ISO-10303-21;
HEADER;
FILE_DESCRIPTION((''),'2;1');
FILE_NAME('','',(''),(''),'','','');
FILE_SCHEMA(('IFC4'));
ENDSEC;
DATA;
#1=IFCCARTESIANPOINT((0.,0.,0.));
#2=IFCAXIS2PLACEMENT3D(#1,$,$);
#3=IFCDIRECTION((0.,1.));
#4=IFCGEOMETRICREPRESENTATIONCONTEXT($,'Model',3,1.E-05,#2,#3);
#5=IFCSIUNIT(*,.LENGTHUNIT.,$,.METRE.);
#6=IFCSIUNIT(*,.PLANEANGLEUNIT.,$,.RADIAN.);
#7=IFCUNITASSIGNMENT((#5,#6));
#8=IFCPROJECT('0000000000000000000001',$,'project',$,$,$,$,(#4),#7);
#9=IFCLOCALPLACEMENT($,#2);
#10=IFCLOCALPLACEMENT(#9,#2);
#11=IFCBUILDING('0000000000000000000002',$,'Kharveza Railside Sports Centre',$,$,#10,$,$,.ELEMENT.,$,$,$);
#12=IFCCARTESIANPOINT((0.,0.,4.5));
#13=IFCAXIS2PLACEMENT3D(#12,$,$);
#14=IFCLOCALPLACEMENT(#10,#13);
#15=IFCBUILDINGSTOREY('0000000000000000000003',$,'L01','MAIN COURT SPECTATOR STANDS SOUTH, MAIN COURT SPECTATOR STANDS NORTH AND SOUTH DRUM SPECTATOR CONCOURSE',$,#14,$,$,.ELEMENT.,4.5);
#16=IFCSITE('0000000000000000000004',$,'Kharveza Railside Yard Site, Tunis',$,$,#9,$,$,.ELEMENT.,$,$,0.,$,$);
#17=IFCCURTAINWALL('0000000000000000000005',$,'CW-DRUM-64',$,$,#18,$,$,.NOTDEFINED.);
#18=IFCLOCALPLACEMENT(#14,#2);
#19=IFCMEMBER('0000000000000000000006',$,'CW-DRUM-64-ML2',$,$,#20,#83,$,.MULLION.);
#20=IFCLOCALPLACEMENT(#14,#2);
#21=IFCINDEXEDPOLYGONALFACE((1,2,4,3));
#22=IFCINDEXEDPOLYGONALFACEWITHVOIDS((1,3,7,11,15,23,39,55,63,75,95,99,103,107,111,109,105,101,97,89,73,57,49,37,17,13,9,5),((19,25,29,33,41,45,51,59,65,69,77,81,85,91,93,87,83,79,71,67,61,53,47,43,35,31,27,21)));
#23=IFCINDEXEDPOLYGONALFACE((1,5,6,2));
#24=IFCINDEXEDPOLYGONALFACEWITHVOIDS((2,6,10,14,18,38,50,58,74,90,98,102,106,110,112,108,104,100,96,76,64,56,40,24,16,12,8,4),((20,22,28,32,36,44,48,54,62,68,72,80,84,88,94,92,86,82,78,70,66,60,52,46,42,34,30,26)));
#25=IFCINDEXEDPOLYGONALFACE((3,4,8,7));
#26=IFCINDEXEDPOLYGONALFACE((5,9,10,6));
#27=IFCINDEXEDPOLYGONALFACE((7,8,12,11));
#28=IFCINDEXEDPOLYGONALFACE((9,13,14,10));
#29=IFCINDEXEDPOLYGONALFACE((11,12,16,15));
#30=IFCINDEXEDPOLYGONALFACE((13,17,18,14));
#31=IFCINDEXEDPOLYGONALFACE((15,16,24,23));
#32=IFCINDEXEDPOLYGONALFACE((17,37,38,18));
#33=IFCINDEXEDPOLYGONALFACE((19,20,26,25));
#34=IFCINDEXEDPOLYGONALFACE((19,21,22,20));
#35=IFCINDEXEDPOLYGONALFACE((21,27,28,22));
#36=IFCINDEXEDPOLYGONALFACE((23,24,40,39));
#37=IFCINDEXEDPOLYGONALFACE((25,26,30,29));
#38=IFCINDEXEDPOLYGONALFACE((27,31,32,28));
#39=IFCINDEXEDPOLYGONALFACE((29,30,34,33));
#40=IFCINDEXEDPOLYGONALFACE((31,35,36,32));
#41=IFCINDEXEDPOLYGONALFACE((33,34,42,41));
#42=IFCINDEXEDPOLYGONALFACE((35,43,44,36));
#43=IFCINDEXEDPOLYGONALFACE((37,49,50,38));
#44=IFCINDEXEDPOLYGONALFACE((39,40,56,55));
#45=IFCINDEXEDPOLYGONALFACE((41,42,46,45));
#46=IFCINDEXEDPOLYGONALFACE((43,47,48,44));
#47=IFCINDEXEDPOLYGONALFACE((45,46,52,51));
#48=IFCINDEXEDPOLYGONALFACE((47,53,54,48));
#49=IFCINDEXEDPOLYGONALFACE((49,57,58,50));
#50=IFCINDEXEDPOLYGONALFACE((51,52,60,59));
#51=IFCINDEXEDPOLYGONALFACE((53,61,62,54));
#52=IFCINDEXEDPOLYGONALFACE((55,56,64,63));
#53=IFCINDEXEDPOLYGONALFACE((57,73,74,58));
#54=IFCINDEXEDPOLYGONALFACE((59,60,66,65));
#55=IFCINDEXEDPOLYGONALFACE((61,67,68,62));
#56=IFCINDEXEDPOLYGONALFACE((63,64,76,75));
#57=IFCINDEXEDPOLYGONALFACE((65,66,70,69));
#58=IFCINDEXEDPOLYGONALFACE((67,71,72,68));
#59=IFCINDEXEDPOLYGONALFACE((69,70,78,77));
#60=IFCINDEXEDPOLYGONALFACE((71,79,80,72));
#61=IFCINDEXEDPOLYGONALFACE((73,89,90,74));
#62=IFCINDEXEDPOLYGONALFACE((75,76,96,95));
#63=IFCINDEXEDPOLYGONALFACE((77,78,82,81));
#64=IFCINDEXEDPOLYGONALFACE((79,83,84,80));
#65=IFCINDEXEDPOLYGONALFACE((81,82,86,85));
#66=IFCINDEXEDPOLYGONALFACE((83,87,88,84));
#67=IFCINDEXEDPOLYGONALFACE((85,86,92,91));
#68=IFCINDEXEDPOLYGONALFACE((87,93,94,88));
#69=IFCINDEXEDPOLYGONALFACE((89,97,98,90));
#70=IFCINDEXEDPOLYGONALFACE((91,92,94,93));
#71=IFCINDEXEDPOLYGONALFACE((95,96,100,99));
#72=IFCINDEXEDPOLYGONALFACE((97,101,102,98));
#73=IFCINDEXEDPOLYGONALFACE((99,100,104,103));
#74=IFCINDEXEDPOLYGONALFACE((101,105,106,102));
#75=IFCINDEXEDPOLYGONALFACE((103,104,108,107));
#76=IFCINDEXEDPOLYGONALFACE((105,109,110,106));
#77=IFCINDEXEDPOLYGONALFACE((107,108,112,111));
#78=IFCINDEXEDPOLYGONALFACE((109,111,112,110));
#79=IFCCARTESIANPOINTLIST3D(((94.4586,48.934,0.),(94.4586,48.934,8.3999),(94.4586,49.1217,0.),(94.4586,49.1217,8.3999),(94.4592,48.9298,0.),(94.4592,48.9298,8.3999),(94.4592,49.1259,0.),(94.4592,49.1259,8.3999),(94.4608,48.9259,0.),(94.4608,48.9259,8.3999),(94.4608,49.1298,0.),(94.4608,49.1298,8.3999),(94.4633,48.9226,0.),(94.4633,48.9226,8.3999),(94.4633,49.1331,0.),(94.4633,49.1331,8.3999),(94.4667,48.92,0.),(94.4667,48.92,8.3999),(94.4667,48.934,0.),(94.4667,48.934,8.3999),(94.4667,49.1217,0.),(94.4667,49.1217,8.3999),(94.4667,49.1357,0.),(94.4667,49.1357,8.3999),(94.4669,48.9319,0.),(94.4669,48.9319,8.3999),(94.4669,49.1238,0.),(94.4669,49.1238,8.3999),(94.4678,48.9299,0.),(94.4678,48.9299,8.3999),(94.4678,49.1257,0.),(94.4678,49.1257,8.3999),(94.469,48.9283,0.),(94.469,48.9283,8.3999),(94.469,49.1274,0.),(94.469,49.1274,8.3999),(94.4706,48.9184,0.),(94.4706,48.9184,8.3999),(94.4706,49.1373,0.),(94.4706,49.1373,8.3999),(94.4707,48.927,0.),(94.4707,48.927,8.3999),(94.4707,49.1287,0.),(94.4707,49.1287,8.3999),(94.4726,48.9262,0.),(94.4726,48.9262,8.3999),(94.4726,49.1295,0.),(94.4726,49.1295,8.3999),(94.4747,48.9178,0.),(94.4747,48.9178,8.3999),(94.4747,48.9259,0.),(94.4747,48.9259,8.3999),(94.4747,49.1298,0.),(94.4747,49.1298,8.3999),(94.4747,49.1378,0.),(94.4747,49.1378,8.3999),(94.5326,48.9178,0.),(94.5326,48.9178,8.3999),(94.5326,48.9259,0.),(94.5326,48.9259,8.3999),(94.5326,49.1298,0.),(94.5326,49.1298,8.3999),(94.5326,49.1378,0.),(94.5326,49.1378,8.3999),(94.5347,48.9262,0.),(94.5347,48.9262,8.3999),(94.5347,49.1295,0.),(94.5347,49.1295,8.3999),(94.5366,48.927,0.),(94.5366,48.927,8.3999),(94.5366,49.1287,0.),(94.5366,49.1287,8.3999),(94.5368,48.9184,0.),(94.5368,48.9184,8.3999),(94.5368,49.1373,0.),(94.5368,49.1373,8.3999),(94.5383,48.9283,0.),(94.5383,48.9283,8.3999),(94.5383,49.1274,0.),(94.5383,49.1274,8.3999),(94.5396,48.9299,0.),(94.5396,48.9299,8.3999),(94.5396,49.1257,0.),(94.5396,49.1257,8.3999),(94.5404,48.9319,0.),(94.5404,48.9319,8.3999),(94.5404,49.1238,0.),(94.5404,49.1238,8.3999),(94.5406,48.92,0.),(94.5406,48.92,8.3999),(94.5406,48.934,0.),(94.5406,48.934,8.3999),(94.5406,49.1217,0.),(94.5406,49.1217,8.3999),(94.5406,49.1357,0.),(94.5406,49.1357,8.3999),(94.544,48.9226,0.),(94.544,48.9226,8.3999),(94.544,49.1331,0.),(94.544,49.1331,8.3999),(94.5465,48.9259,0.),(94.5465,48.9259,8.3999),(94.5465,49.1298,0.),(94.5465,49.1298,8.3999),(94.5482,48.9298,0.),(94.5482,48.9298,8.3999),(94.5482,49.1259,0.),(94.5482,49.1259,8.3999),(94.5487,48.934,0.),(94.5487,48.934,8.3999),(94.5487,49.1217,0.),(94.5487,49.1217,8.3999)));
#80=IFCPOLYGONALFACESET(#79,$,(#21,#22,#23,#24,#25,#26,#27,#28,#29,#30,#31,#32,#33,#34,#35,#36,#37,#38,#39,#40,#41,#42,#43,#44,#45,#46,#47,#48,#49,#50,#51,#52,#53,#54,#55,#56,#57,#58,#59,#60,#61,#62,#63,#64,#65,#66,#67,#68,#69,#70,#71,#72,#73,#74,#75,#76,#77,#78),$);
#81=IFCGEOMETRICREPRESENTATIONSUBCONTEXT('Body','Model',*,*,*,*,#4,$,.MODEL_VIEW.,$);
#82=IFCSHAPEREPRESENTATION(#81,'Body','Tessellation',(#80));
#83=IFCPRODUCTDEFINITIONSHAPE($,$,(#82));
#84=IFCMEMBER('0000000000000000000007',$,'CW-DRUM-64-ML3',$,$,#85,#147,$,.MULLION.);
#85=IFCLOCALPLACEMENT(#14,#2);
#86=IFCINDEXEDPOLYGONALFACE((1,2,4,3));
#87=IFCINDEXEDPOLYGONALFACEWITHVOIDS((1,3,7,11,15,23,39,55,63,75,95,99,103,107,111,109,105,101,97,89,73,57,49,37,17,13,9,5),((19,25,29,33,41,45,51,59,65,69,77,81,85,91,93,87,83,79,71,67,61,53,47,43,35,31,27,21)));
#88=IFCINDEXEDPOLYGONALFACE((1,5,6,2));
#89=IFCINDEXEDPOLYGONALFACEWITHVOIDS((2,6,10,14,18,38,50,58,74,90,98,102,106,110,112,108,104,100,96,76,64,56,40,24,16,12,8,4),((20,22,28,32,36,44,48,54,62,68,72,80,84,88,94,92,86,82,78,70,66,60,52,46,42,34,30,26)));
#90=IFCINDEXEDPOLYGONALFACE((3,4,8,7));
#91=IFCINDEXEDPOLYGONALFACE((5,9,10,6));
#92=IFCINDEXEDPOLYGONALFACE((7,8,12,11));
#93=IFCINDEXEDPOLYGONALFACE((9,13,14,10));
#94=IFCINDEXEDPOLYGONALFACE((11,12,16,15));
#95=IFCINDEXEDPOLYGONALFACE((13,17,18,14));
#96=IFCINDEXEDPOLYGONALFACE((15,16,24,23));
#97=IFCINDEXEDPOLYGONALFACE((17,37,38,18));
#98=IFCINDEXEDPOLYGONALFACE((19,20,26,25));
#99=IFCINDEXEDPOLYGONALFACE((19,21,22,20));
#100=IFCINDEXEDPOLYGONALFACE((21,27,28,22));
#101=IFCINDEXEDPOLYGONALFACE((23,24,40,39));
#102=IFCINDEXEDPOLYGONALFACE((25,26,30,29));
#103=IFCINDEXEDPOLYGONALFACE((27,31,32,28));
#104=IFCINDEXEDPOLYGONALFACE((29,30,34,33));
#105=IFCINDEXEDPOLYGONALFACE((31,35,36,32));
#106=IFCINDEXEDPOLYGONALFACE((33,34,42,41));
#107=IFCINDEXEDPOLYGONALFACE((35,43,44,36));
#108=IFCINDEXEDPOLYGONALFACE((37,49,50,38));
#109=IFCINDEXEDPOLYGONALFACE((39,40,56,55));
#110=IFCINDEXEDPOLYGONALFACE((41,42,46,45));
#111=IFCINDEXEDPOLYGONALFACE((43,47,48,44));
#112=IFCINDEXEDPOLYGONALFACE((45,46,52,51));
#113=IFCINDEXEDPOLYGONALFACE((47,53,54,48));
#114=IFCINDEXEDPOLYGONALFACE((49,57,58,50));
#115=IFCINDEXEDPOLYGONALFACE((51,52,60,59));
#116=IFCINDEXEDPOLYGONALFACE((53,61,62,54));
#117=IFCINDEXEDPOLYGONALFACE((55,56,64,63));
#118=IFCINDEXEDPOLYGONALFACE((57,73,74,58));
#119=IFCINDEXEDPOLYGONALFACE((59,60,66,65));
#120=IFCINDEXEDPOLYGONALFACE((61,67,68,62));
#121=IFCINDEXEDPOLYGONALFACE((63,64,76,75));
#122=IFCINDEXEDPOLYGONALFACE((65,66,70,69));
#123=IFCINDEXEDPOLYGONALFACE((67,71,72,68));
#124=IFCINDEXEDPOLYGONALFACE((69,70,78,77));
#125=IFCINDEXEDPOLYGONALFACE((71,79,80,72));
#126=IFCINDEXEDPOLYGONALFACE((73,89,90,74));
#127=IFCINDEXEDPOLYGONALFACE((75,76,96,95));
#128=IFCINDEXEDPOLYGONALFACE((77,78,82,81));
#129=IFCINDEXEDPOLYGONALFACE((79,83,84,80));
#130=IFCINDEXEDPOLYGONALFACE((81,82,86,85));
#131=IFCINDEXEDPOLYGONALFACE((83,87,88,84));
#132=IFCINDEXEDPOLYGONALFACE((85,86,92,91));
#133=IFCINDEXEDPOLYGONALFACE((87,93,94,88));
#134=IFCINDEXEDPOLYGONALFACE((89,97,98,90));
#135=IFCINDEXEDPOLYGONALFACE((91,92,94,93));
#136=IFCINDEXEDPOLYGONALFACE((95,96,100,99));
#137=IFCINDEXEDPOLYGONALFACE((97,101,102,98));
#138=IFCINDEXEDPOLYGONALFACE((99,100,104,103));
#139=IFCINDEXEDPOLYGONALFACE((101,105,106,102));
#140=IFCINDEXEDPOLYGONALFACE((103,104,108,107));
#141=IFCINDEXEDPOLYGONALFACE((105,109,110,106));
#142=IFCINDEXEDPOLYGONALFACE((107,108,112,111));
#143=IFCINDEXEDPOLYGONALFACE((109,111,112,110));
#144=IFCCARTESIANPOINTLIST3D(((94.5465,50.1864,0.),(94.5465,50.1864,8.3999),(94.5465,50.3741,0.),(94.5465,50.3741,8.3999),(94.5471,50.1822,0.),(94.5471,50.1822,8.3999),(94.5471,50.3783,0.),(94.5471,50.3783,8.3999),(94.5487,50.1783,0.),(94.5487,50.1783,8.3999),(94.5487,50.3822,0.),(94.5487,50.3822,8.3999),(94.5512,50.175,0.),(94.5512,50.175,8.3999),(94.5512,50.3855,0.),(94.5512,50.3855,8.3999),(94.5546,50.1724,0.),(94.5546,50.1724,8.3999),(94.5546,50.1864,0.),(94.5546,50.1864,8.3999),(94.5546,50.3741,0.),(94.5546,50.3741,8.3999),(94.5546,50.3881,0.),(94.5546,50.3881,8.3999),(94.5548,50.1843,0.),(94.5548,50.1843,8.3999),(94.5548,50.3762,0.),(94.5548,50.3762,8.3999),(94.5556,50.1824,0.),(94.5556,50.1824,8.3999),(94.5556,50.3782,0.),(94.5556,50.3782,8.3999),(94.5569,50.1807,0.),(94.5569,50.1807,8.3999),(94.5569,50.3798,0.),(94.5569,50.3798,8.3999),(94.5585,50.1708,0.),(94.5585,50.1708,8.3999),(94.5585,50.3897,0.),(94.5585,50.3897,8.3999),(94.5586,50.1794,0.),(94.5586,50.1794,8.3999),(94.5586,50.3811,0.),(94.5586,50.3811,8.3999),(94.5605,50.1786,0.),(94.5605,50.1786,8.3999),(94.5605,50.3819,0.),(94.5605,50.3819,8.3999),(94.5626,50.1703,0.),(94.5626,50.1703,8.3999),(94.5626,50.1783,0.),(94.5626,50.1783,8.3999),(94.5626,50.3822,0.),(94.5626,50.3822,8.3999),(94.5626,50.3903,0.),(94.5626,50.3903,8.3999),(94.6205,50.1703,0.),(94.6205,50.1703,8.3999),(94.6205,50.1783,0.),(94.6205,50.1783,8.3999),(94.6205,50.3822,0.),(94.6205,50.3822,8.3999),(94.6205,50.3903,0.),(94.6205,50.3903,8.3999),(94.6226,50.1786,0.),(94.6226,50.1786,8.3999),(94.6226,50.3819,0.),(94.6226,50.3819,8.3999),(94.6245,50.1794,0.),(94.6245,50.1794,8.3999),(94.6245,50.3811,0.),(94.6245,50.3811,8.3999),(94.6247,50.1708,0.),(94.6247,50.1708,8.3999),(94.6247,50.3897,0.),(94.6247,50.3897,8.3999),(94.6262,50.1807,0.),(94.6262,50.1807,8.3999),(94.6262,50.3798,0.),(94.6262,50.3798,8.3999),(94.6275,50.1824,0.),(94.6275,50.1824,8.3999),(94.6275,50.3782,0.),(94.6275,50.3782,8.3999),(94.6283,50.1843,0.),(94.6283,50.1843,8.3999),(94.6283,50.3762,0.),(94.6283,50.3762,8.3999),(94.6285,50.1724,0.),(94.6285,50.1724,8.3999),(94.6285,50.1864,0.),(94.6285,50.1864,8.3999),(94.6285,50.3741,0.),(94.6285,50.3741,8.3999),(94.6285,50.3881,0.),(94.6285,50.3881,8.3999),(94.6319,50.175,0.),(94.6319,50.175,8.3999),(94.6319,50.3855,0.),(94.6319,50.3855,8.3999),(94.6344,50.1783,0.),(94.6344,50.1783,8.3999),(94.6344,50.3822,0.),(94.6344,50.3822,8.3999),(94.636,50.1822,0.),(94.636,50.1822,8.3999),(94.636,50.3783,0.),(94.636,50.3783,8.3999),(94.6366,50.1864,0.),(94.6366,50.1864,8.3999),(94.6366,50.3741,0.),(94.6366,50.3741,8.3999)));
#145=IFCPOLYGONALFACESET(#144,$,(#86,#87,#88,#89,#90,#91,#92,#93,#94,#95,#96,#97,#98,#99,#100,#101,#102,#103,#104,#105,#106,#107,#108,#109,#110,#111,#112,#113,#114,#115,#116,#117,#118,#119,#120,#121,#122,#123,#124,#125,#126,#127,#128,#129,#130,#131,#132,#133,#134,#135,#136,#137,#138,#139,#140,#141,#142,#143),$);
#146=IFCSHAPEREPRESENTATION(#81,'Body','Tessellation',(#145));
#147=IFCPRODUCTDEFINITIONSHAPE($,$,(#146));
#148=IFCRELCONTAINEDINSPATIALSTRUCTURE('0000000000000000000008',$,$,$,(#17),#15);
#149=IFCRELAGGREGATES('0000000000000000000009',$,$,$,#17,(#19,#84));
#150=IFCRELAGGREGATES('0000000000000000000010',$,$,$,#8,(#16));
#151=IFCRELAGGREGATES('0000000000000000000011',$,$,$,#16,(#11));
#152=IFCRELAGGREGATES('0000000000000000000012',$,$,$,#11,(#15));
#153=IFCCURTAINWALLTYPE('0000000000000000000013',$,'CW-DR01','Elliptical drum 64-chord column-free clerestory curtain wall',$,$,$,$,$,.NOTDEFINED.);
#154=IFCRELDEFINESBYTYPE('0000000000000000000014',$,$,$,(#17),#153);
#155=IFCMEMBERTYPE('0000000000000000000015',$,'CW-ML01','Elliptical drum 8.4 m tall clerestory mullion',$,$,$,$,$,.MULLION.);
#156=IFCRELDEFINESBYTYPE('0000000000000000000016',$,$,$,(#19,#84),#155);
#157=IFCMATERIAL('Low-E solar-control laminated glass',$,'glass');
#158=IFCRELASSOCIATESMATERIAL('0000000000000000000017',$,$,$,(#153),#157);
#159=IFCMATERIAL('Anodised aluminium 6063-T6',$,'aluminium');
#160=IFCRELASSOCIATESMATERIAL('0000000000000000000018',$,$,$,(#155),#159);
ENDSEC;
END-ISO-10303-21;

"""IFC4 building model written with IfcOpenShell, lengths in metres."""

from ifc_helpers import new_model, si_unit, direction, frame, origin, origin_2d, place, context, subcontext, project, spatial, hollow_rectangle, extrude, material, material_profile, profile_set, type_object, element, aggregate, save


model = new_model("IFC4")

# Units and contexts
model_context = context("Model", 3, precision=1e-05, world=origin(), true_north=direction((0.0, 1.0)))
body_context = subcontext(model_context, "Body", "Model", "MODEL_VIEW")
ifc_project = project(units=[si_unit("LENGTHUNIT", "METRE"), si_unit("PLANEANGLEUNIT", "RADIAN")], contexts=[model_context])

# Site, building, storey
site_placement = place(None, origin())
site = spatial("IfcSite", under=ifc_project, at=site_placement, Name="Kharveza Railside Yard Site, Tunis", CompositionType="ELEMENT", RefElevation=0.0)
building_placement = place(site_placement, origin())
building = spatial("IfcBuilding", under=site, at=building_placement, Name="Kharveza Railside Sports Centre", CompositionType="ELEMENT")
storey_placement = place(building_placement, frame((0.0, 0.0, 4.5)))
storey = spatial("IfcBuildingStorey", under=building, at=storey_placement, Name="L01", Description="MAIN COURT SPECTATOR STANDS SOUTH, MAIN COURT SPECTATOR STANDS NORTH AND SOUTH DRUM SPECTATOR CONCOURSE", CompositionType="ELEMENT", Elevation=4.5)

# Shared definitions
ifc_material_1 = material(Name="Low-E solar-control laminated glass", Category="glass")
curtain_wall_type = type_object("IfcCurtainWallType", Name="CW-DR01", Description="Elliptical drum 64-chord column-free clerestory curtain wall", PredefinedType="NOTDEFINED", material=ifc_material_1)
ifc_material_2 = material(Name="Anodised aluminium 6063-T6", Category="aluminium")
ifc_material_profile_1 = material_profile(ifc_material_2, hollow_rectangle(XDim=0.0901, YDim=0.22, WallThickness=0.0081, InnerFilletRadius=0.0081, OuterFilletRadius=0.0161, at=origin_2d()), Name="RHS 90x220x8.0")
ifc_profile_set_1 = profile_set([ifc_material_profile_1], Name="Anodised aluminium 6063-T6")
member_type_1 = type_object("IfcMemberType", Name="CW-ML01", Description="Elliptical drum 8.4 m tall clerestory mullion", PredefinedType="MULLION", material=ifc_profile_set_1)

# Curtain wall, members
curtain_wall_1_placement = place(storey_placement, origin())
curtain_wall_1 = element("IfcCurtainWall", 1, at=curtain_wall_1_placement, inside=storey, type_object=curtain_wall_type, Name="CW-DRUM-64", PredefinedType="NOTDEFINED")
member_1_placement = place(storey_placement, frame((94.5037, 49.0278, 0.0), z_axis=(0.0, 0.0, 1.0), x_axis=(1.0, 0.0, 0.0)))
member_1 = element("IfcMember", 2, at=member_1_placement, type_object=member_type_1, Name="CW-DRUM-64-ML2", PredefinedType="MULLION", context=body_context, shape_type="SweptSolid", body=[
    extrude(hollow_rectangle(XDim=0.0901, YDim=0.22, WallThickness=0.0081, InnerFilletRadius=0.0081, OuterFilletRadius=0.0161, at=origin_2d()), origin(), (0.0, 0.0, 1.0), 8.3999),
])
member_2_placement = place(storey_placement, frame((94.5916, 50.2803, 0.0), z_axis=(0.0, 0.0, 1.0), x_axis=(1.0, 0.0, 0.0)))
member_2 = element("IfcMember", 3, at=member_2_placement, type_object=member_type_1, Name="CW-DRUM-64-ML3", PredefinedType="MULLION", context=body_context, shape_type="SweptSolid", body=[
    extrude(hollow_rectangle(XDim=0.0901, YDim=0.22, WallThickness=0.0081, InnerFilletRadius=0.0081, OuterFilletRadius=0.0161, at=origin_2d()), origin(), (0.0, 0.0, 1.0), 8.3999),
])

aggregate(curtain_wall_1, [member_1, member_2])

save(model, "model.ifc")
